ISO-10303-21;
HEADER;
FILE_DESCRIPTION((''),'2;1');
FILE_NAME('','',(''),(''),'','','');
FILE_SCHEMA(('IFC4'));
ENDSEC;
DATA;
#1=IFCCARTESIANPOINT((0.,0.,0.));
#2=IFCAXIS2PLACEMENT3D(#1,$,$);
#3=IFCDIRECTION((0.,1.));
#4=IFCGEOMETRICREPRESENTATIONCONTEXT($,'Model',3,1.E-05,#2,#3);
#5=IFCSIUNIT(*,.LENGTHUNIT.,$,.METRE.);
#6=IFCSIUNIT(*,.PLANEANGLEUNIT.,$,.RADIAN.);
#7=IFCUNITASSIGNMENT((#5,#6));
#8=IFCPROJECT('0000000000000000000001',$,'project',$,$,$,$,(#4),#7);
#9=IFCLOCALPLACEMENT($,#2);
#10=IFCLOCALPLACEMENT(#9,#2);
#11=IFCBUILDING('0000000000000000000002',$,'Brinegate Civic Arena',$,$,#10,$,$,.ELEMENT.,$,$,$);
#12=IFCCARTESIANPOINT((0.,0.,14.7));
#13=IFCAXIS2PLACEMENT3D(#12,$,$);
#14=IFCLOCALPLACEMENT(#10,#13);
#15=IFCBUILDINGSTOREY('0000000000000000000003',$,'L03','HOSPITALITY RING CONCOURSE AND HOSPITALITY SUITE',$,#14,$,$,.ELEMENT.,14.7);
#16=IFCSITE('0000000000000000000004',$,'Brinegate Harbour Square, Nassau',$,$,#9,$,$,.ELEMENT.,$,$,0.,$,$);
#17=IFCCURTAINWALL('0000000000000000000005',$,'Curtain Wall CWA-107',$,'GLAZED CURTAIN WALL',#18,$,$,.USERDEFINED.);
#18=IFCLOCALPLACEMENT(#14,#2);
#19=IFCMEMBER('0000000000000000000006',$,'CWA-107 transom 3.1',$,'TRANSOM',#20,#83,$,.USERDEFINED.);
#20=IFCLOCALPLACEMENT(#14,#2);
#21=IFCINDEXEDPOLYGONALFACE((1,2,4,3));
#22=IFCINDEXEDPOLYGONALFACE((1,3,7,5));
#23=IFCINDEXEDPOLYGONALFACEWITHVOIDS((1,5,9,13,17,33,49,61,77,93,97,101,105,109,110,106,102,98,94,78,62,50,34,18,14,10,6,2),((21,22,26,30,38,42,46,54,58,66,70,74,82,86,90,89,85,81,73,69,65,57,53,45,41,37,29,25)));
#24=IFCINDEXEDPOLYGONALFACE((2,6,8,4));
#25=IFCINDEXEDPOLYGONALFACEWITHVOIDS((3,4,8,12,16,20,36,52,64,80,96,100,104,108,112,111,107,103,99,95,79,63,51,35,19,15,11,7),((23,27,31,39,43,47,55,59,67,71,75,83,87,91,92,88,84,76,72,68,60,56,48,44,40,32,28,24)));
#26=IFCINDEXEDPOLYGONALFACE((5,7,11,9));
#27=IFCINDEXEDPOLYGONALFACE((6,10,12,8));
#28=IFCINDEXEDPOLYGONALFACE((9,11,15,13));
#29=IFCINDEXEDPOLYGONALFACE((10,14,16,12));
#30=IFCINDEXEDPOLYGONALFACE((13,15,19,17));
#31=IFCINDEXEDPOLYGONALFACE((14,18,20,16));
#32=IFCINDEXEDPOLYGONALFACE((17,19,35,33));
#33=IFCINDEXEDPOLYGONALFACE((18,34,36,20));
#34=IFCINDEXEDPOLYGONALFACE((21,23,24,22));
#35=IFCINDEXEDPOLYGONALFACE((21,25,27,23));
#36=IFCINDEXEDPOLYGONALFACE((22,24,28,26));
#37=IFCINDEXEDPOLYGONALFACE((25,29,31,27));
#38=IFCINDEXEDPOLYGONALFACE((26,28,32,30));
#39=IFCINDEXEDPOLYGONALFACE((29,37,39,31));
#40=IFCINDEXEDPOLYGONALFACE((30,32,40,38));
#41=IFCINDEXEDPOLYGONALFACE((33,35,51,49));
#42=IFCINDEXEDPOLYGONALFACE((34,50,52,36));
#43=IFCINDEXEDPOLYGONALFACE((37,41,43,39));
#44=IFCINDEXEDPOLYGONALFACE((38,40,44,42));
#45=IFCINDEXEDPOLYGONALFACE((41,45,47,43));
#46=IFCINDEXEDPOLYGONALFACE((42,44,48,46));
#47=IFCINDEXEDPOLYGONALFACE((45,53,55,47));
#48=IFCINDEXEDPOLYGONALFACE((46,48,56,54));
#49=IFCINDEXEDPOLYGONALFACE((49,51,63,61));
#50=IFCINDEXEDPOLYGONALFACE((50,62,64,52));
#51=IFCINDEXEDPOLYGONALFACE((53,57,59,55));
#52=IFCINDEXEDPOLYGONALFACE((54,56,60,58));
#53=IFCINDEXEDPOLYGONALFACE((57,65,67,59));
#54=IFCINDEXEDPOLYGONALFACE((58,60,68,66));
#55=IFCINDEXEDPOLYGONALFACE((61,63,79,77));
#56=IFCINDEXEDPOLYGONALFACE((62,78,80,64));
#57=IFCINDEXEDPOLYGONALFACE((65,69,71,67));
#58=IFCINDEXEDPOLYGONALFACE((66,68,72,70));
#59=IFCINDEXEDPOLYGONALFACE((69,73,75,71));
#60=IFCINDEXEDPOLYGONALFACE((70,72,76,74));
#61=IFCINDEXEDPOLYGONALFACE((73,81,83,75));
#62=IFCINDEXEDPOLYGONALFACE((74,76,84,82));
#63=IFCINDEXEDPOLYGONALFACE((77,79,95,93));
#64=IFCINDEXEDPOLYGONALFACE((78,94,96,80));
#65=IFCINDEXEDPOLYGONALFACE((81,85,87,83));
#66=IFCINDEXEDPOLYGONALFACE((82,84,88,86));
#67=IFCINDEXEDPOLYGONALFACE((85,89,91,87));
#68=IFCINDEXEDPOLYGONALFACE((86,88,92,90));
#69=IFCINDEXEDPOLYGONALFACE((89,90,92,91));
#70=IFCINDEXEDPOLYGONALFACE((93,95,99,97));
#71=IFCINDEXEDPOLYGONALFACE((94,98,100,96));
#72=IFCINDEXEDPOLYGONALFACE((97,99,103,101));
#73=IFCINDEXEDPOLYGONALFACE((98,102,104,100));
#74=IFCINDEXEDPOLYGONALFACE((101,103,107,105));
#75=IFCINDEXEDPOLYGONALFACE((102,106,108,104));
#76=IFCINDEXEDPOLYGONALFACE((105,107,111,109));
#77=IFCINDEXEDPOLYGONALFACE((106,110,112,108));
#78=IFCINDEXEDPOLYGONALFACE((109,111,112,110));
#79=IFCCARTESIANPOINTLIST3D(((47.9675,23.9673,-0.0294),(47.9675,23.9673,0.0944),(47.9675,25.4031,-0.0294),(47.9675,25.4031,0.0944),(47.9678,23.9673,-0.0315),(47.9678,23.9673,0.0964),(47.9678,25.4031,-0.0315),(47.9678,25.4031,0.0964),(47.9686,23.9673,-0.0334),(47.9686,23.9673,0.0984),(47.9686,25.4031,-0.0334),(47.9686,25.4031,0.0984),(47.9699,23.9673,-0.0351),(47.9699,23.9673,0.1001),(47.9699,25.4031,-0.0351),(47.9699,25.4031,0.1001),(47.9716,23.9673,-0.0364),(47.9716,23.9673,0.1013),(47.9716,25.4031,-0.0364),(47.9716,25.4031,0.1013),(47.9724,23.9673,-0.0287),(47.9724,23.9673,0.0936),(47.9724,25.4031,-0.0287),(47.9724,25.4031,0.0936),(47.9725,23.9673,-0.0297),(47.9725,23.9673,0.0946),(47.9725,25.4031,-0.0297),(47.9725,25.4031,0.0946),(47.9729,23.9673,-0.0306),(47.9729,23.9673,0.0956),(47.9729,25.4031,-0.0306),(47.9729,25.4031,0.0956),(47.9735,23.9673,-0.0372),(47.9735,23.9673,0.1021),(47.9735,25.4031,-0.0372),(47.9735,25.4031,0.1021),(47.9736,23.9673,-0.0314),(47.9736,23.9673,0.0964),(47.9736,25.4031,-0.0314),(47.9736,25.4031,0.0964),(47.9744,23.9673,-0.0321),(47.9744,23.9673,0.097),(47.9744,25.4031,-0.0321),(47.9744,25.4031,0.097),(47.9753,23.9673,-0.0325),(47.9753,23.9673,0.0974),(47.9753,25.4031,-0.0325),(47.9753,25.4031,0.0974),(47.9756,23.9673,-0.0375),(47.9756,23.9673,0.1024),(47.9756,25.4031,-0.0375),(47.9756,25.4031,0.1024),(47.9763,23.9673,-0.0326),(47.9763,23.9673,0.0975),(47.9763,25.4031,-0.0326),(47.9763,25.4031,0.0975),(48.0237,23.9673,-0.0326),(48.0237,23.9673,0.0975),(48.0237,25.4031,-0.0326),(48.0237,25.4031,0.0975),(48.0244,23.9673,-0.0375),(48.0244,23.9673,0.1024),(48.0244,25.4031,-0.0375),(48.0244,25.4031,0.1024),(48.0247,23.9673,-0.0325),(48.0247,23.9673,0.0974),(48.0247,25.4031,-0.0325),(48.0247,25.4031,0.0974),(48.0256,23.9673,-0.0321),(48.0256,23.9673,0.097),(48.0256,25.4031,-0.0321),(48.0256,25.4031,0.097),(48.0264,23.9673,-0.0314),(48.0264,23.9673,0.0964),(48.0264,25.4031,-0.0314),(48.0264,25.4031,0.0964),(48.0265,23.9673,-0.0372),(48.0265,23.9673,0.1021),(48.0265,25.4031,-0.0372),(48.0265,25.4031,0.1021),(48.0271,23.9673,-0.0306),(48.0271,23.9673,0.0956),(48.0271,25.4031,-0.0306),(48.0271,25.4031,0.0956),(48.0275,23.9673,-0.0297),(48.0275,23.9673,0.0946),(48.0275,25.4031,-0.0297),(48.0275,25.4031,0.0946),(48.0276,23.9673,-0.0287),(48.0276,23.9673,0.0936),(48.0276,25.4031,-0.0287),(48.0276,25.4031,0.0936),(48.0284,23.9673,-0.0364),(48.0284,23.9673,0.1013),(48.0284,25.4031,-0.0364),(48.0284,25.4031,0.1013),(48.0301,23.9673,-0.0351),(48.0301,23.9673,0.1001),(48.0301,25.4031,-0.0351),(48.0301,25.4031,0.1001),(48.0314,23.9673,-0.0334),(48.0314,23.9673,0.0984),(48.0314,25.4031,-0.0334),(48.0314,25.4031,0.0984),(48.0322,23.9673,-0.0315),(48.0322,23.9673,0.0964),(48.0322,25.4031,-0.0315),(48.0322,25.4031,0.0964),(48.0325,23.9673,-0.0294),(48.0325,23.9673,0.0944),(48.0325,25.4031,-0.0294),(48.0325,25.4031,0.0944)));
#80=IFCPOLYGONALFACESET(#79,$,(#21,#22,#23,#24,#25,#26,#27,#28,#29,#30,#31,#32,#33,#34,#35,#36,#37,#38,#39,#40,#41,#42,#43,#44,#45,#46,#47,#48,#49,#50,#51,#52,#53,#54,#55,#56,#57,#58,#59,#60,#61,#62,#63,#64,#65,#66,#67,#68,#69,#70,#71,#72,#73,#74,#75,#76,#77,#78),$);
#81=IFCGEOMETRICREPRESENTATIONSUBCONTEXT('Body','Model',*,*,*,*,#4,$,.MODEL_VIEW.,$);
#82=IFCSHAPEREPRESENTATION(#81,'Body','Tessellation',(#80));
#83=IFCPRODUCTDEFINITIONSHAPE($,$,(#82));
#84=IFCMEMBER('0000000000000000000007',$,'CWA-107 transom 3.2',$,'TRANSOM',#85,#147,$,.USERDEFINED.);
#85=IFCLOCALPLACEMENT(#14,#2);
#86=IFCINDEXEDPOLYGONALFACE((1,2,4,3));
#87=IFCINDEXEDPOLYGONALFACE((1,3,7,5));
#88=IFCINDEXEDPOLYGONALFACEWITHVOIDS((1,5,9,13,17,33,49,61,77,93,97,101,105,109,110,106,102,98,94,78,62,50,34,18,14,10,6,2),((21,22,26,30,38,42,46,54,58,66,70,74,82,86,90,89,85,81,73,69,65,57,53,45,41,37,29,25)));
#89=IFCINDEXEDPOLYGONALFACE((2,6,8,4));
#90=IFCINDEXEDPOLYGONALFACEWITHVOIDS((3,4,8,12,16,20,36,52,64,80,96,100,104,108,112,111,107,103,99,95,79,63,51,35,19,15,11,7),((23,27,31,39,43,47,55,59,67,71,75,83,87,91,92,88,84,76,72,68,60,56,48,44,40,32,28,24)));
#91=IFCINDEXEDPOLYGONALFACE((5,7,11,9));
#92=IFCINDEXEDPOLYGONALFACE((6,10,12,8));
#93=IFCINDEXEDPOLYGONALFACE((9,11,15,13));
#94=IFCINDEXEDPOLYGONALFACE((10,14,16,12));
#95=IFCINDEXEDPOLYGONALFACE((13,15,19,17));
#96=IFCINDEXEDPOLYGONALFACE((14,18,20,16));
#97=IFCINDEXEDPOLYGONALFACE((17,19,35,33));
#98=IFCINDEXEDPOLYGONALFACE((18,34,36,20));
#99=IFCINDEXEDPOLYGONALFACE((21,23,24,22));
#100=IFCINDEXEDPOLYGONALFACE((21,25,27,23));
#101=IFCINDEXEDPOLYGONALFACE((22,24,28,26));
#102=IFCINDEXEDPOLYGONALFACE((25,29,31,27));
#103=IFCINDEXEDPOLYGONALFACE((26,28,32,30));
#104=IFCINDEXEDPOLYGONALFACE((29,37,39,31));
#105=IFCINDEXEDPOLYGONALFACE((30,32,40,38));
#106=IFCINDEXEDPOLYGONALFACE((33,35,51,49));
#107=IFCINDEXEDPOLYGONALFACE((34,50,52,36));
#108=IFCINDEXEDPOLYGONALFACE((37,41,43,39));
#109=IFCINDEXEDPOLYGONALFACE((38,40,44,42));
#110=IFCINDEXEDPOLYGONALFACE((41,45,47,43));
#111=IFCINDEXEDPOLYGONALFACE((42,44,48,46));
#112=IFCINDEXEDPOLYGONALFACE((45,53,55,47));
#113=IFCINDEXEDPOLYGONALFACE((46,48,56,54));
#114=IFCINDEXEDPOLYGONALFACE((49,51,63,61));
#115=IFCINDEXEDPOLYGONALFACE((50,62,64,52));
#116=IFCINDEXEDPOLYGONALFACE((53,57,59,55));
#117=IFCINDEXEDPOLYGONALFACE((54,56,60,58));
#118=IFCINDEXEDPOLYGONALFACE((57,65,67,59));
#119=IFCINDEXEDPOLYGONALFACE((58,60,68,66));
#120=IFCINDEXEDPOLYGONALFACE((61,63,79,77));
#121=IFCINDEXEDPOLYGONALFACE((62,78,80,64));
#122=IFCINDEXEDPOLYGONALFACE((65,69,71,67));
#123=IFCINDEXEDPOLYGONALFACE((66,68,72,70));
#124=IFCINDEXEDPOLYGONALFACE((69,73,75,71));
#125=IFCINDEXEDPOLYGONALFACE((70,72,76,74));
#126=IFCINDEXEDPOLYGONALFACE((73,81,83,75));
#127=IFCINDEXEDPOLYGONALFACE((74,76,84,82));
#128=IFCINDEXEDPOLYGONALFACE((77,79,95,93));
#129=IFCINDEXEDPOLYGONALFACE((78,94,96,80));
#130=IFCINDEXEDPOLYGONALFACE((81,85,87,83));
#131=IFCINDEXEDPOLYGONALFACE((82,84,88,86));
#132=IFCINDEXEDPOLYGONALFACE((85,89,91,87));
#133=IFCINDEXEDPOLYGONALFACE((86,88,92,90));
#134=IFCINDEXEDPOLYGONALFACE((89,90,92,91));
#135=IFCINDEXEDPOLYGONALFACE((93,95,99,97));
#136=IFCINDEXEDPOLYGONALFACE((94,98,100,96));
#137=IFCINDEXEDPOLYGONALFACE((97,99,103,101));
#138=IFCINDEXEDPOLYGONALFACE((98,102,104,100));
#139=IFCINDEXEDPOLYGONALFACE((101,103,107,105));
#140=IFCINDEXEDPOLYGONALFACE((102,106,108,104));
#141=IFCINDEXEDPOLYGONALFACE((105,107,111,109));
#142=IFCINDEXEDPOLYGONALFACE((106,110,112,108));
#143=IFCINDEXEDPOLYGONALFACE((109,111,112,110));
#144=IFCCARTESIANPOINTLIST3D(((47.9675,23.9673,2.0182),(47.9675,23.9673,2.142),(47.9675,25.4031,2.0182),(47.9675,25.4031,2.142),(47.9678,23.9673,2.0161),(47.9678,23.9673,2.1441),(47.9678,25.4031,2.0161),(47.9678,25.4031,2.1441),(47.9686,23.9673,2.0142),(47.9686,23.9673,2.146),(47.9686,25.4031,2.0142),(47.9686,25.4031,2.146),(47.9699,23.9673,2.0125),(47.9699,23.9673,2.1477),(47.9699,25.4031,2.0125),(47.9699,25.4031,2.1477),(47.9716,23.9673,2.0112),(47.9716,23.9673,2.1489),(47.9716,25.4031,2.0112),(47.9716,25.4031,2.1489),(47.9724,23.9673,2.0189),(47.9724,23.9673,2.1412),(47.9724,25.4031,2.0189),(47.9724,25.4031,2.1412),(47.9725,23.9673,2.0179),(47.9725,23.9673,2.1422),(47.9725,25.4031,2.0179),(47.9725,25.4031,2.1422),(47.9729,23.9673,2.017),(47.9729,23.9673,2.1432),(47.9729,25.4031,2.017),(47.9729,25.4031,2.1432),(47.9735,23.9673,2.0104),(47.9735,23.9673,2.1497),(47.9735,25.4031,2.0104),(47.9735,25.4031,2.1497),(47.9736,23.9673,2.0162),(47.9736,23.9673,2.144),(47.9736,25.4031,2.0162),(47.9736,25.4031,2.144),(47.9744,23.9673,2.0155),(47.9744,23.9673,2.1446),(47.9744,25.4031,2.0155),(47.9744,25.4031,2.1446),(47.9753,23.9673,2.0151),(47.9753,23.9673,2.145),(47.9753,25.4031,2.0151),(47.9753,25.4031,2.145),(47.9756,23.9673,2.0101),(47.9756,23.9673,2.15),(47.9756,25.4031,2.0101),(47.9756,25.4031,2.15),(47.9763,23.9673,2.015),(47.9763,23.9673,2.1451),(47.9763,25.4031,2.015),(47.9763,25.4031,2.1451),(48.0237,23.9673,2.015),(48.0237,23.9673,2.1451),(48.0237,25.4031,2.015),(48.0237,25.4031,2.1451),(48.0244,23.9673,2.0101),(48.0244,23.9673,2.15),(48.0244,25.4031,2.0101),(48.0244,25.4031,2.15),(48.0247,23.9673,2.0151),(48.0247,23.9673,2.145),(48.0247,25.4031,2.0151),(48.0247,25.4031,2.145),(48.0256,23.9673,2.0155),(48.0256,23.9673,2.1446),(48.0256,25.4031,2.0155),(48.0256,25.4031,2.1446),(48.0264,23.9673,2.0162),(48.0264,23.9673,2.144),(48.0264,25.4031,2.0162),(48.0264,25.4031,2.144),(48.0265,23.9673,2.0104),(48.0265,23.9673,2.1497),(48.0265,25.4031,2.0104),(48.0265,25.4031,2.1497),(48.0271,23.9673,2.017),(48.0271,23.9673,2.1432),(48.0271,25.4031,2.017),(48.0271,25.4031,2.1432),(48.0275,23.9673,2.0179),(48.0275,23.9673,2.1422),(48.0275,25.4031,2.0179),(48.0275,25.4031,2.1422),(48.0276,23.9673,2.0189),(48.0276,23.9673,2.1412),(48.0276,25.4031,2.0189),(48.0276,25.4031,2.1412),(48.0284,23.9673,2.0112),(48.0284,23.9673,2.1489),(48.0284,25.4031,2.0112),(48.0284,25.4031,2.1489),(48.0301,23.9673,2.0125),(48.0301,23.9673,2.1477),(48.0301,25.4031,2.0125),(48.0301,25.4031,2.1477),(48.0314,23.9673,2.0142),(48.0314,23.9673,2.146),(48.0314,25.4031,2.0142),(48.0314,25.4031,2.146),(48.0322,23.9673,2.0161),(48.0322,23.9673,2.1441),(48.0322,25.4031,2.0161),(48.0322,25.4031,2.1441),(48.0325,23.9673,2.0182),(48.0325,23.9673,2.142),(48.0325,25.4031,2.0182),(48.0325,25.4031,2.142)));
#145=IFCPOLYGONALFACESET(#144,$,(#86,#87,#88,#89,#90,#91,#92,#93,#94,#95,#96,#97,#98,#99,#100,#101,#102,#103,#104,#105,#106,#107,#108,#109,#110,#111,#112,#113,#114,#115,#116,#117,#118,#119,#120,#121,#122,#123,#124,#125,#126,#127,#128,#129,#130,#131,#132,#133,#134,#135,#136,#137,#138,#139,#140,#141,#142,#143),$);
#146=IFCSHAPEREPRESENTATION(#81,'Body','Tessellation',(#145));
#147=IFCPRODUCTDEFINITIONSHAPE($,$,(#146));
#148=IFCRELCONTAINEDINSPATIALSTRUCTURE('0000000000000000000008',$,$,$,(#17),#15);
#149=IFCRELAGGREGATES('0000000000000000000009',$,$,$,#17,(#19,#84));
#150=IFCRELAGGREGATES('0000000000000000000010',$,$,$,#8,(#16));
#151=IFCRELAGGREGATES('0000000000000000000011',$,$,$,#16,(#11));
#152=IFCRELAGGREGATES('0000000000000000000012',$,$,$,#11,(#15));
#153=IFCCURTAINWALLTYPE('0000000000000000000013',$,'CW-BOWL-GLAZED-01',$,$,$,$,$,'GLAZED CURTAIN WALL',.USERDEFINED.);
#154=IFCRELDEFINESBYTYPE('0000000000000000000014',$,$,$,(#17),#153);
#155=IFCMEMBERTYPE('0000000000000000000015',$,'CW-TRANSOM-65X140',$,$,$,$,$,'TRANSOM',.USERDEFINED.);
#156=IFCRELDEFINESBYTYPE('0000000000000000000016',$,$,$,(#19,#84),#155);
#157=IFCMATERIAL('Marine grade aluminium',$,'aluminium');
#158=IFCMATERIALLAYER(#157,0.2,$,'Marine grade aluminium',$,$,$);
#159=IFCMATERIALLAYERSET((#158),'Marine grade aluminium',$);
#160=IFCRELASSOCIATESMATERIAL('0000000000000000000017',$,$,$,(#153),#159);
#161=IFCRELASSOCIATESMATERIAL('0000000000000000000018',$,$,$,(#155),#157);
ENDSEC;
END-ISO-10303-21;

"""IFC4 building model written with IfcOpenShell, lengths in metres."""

from ifc_helpers import new_model, si_unit, direction, frame, origin, origin_2d, place, context, subcontext, project, spatial, hollow_rectangle, extrude, material, layer, layer_set, material_profile, profile_set, type_object, element, aggregate, save


model = new_model("IFC4")

# Units and contexts
model_context = context("Model", 3, precision=1e-05, world=origin(), true_north=direction((0.0, 1.0)))
body_context = subcontext(model_context, "Body", "Model", "MODEL_VIEW")
ifc_project = project(units=[si_unit("LENGTHUNIT", "METRE"), si_unit("PLANEANGLEUNIT", "RADIAN")], contexts=[model_context])

# Site, building, storey
site_placement = place(None, origin())
site = spatial("IfcSite", under=ifc_project, at=site_placement, Name="Brinegate Harbour Square, Nassau", CompositionType="ELEMENT", RefElevation=0.0)
building_placement = place(site_placement, origin())
building = spatial("IfcBuilding", under=site, at=building_placement, Name="Brinegate Civic Arena", CompositionType="ELEMENT")
storey_placement = place(building_placement, frame((0.0, 0.0, 14.7)))
storey = spatial("IfcBuildingStorey", under=building, at=storey_placement, Name="L03", Description="HOSPITALITY RING CONCOURSE AND HOSPITALITY SUITE", CompositionType="ELEMENT", Elevation=14.7)

# Curtain wall, members
ifc_material_1 = material(Name="Marine grade aluminium", Category="aluminium")
ifc_layer_1 = layer(ifc_material_1, 0.2, Name="Marine grade aluminium")
ifc_layer_set_1 = layer_set([ifc_layer_1], Name="Marine grade aluminium")
curtain_wall_type = type_object("IfcCurtainWallType", Name="CW-BOWL-GLAZED-01", ElementType="GLAZED CURTAIN WALL", PredefinedType="USERDEFINED", material=ifc_layer_set_1)
curtain_wall_placement = place(storey_placement, origin())
curtain_wall = element("IfcCurtainWall", 1, at=curtain_wall_placement, inside=storey, type_object=curtain_wall_type, Name="Curtain Wall CWA-107", ObjectType="GLAZED CURTAIN WALL", PredefinedType="USERDEFINED")
ifc_material_profile_1 = material_profile(ifc_material_1, hollow_rectangle(XDim=0.0649, YDim=0.1399, WallThickness=0.0049, InnerFilletRadius=0.0039, OuterFilletRadius=0.0081, at=origin_2d()), Name="TRN65X140")
ifc_profile_set_1 = profile_set([ifc_material_profile_1], Name="Marine grade aluminium")
member_type_1 = type_object("IfcMemberType", Name="CW-TRANSOM-65X140", ElementType="TRANSOM", PredefinedType="USERDEFINED", material=ifc_profile_set_1)
member_1_placement = place(storey_placement, frame((48.0, 23.9673, 0.0325), z_axis=(0.0, 1.0, 0.0), x_axis=(-1.0, 0.0, 0.0)))
member_1 = element("IfcMember", 2, at=member_1_placement, type_object=member_type_1, Name="CWA-107 transom 3.1", ObjectType="TRANSOM", PredefinedType="USERDEFINED", context=body_context, shape_type="SweptSolid", body=[
    extrude(hollow_rectangle(XDim=0.0649, YDim=0.1399, WallThickness=0.0049, InnerFilletRadius=0.0039, OuterFilletRadius=0.0081, at=origin_2d()), origin(), (0.0, 0.0, 1.0), 1.4358),
])
member_2_placement = place(storey_placement, frame((48.0, 23.9673, 2.0801), z_axis=(0.0, 1.0, 0.0), x_axis=(-1.0, 0.0, 0.0)))
member_2 = element("IfcMember", 3, at=member_2_placement, type_object=member_type_1, Name="CWA-107 transom 3.2", ObjectType="TRANSOM", PredefinedType="USERDEFINED", context=body_context, shape_type="SweptSolid", body=[
    extrude(hollow_rectangle(XDim=0.0649, YDim=0.1399, WallThickness=0.0049, InnerFilletRadius=0.0039, OuterFilletRadius=0.0081, at=origin_2d()), origin(), (0.0, 0.0, 1.0), 1.4358),
])

aggregate(curtain_wall, [member_1, member_2])

save(model, "model.ifc")
